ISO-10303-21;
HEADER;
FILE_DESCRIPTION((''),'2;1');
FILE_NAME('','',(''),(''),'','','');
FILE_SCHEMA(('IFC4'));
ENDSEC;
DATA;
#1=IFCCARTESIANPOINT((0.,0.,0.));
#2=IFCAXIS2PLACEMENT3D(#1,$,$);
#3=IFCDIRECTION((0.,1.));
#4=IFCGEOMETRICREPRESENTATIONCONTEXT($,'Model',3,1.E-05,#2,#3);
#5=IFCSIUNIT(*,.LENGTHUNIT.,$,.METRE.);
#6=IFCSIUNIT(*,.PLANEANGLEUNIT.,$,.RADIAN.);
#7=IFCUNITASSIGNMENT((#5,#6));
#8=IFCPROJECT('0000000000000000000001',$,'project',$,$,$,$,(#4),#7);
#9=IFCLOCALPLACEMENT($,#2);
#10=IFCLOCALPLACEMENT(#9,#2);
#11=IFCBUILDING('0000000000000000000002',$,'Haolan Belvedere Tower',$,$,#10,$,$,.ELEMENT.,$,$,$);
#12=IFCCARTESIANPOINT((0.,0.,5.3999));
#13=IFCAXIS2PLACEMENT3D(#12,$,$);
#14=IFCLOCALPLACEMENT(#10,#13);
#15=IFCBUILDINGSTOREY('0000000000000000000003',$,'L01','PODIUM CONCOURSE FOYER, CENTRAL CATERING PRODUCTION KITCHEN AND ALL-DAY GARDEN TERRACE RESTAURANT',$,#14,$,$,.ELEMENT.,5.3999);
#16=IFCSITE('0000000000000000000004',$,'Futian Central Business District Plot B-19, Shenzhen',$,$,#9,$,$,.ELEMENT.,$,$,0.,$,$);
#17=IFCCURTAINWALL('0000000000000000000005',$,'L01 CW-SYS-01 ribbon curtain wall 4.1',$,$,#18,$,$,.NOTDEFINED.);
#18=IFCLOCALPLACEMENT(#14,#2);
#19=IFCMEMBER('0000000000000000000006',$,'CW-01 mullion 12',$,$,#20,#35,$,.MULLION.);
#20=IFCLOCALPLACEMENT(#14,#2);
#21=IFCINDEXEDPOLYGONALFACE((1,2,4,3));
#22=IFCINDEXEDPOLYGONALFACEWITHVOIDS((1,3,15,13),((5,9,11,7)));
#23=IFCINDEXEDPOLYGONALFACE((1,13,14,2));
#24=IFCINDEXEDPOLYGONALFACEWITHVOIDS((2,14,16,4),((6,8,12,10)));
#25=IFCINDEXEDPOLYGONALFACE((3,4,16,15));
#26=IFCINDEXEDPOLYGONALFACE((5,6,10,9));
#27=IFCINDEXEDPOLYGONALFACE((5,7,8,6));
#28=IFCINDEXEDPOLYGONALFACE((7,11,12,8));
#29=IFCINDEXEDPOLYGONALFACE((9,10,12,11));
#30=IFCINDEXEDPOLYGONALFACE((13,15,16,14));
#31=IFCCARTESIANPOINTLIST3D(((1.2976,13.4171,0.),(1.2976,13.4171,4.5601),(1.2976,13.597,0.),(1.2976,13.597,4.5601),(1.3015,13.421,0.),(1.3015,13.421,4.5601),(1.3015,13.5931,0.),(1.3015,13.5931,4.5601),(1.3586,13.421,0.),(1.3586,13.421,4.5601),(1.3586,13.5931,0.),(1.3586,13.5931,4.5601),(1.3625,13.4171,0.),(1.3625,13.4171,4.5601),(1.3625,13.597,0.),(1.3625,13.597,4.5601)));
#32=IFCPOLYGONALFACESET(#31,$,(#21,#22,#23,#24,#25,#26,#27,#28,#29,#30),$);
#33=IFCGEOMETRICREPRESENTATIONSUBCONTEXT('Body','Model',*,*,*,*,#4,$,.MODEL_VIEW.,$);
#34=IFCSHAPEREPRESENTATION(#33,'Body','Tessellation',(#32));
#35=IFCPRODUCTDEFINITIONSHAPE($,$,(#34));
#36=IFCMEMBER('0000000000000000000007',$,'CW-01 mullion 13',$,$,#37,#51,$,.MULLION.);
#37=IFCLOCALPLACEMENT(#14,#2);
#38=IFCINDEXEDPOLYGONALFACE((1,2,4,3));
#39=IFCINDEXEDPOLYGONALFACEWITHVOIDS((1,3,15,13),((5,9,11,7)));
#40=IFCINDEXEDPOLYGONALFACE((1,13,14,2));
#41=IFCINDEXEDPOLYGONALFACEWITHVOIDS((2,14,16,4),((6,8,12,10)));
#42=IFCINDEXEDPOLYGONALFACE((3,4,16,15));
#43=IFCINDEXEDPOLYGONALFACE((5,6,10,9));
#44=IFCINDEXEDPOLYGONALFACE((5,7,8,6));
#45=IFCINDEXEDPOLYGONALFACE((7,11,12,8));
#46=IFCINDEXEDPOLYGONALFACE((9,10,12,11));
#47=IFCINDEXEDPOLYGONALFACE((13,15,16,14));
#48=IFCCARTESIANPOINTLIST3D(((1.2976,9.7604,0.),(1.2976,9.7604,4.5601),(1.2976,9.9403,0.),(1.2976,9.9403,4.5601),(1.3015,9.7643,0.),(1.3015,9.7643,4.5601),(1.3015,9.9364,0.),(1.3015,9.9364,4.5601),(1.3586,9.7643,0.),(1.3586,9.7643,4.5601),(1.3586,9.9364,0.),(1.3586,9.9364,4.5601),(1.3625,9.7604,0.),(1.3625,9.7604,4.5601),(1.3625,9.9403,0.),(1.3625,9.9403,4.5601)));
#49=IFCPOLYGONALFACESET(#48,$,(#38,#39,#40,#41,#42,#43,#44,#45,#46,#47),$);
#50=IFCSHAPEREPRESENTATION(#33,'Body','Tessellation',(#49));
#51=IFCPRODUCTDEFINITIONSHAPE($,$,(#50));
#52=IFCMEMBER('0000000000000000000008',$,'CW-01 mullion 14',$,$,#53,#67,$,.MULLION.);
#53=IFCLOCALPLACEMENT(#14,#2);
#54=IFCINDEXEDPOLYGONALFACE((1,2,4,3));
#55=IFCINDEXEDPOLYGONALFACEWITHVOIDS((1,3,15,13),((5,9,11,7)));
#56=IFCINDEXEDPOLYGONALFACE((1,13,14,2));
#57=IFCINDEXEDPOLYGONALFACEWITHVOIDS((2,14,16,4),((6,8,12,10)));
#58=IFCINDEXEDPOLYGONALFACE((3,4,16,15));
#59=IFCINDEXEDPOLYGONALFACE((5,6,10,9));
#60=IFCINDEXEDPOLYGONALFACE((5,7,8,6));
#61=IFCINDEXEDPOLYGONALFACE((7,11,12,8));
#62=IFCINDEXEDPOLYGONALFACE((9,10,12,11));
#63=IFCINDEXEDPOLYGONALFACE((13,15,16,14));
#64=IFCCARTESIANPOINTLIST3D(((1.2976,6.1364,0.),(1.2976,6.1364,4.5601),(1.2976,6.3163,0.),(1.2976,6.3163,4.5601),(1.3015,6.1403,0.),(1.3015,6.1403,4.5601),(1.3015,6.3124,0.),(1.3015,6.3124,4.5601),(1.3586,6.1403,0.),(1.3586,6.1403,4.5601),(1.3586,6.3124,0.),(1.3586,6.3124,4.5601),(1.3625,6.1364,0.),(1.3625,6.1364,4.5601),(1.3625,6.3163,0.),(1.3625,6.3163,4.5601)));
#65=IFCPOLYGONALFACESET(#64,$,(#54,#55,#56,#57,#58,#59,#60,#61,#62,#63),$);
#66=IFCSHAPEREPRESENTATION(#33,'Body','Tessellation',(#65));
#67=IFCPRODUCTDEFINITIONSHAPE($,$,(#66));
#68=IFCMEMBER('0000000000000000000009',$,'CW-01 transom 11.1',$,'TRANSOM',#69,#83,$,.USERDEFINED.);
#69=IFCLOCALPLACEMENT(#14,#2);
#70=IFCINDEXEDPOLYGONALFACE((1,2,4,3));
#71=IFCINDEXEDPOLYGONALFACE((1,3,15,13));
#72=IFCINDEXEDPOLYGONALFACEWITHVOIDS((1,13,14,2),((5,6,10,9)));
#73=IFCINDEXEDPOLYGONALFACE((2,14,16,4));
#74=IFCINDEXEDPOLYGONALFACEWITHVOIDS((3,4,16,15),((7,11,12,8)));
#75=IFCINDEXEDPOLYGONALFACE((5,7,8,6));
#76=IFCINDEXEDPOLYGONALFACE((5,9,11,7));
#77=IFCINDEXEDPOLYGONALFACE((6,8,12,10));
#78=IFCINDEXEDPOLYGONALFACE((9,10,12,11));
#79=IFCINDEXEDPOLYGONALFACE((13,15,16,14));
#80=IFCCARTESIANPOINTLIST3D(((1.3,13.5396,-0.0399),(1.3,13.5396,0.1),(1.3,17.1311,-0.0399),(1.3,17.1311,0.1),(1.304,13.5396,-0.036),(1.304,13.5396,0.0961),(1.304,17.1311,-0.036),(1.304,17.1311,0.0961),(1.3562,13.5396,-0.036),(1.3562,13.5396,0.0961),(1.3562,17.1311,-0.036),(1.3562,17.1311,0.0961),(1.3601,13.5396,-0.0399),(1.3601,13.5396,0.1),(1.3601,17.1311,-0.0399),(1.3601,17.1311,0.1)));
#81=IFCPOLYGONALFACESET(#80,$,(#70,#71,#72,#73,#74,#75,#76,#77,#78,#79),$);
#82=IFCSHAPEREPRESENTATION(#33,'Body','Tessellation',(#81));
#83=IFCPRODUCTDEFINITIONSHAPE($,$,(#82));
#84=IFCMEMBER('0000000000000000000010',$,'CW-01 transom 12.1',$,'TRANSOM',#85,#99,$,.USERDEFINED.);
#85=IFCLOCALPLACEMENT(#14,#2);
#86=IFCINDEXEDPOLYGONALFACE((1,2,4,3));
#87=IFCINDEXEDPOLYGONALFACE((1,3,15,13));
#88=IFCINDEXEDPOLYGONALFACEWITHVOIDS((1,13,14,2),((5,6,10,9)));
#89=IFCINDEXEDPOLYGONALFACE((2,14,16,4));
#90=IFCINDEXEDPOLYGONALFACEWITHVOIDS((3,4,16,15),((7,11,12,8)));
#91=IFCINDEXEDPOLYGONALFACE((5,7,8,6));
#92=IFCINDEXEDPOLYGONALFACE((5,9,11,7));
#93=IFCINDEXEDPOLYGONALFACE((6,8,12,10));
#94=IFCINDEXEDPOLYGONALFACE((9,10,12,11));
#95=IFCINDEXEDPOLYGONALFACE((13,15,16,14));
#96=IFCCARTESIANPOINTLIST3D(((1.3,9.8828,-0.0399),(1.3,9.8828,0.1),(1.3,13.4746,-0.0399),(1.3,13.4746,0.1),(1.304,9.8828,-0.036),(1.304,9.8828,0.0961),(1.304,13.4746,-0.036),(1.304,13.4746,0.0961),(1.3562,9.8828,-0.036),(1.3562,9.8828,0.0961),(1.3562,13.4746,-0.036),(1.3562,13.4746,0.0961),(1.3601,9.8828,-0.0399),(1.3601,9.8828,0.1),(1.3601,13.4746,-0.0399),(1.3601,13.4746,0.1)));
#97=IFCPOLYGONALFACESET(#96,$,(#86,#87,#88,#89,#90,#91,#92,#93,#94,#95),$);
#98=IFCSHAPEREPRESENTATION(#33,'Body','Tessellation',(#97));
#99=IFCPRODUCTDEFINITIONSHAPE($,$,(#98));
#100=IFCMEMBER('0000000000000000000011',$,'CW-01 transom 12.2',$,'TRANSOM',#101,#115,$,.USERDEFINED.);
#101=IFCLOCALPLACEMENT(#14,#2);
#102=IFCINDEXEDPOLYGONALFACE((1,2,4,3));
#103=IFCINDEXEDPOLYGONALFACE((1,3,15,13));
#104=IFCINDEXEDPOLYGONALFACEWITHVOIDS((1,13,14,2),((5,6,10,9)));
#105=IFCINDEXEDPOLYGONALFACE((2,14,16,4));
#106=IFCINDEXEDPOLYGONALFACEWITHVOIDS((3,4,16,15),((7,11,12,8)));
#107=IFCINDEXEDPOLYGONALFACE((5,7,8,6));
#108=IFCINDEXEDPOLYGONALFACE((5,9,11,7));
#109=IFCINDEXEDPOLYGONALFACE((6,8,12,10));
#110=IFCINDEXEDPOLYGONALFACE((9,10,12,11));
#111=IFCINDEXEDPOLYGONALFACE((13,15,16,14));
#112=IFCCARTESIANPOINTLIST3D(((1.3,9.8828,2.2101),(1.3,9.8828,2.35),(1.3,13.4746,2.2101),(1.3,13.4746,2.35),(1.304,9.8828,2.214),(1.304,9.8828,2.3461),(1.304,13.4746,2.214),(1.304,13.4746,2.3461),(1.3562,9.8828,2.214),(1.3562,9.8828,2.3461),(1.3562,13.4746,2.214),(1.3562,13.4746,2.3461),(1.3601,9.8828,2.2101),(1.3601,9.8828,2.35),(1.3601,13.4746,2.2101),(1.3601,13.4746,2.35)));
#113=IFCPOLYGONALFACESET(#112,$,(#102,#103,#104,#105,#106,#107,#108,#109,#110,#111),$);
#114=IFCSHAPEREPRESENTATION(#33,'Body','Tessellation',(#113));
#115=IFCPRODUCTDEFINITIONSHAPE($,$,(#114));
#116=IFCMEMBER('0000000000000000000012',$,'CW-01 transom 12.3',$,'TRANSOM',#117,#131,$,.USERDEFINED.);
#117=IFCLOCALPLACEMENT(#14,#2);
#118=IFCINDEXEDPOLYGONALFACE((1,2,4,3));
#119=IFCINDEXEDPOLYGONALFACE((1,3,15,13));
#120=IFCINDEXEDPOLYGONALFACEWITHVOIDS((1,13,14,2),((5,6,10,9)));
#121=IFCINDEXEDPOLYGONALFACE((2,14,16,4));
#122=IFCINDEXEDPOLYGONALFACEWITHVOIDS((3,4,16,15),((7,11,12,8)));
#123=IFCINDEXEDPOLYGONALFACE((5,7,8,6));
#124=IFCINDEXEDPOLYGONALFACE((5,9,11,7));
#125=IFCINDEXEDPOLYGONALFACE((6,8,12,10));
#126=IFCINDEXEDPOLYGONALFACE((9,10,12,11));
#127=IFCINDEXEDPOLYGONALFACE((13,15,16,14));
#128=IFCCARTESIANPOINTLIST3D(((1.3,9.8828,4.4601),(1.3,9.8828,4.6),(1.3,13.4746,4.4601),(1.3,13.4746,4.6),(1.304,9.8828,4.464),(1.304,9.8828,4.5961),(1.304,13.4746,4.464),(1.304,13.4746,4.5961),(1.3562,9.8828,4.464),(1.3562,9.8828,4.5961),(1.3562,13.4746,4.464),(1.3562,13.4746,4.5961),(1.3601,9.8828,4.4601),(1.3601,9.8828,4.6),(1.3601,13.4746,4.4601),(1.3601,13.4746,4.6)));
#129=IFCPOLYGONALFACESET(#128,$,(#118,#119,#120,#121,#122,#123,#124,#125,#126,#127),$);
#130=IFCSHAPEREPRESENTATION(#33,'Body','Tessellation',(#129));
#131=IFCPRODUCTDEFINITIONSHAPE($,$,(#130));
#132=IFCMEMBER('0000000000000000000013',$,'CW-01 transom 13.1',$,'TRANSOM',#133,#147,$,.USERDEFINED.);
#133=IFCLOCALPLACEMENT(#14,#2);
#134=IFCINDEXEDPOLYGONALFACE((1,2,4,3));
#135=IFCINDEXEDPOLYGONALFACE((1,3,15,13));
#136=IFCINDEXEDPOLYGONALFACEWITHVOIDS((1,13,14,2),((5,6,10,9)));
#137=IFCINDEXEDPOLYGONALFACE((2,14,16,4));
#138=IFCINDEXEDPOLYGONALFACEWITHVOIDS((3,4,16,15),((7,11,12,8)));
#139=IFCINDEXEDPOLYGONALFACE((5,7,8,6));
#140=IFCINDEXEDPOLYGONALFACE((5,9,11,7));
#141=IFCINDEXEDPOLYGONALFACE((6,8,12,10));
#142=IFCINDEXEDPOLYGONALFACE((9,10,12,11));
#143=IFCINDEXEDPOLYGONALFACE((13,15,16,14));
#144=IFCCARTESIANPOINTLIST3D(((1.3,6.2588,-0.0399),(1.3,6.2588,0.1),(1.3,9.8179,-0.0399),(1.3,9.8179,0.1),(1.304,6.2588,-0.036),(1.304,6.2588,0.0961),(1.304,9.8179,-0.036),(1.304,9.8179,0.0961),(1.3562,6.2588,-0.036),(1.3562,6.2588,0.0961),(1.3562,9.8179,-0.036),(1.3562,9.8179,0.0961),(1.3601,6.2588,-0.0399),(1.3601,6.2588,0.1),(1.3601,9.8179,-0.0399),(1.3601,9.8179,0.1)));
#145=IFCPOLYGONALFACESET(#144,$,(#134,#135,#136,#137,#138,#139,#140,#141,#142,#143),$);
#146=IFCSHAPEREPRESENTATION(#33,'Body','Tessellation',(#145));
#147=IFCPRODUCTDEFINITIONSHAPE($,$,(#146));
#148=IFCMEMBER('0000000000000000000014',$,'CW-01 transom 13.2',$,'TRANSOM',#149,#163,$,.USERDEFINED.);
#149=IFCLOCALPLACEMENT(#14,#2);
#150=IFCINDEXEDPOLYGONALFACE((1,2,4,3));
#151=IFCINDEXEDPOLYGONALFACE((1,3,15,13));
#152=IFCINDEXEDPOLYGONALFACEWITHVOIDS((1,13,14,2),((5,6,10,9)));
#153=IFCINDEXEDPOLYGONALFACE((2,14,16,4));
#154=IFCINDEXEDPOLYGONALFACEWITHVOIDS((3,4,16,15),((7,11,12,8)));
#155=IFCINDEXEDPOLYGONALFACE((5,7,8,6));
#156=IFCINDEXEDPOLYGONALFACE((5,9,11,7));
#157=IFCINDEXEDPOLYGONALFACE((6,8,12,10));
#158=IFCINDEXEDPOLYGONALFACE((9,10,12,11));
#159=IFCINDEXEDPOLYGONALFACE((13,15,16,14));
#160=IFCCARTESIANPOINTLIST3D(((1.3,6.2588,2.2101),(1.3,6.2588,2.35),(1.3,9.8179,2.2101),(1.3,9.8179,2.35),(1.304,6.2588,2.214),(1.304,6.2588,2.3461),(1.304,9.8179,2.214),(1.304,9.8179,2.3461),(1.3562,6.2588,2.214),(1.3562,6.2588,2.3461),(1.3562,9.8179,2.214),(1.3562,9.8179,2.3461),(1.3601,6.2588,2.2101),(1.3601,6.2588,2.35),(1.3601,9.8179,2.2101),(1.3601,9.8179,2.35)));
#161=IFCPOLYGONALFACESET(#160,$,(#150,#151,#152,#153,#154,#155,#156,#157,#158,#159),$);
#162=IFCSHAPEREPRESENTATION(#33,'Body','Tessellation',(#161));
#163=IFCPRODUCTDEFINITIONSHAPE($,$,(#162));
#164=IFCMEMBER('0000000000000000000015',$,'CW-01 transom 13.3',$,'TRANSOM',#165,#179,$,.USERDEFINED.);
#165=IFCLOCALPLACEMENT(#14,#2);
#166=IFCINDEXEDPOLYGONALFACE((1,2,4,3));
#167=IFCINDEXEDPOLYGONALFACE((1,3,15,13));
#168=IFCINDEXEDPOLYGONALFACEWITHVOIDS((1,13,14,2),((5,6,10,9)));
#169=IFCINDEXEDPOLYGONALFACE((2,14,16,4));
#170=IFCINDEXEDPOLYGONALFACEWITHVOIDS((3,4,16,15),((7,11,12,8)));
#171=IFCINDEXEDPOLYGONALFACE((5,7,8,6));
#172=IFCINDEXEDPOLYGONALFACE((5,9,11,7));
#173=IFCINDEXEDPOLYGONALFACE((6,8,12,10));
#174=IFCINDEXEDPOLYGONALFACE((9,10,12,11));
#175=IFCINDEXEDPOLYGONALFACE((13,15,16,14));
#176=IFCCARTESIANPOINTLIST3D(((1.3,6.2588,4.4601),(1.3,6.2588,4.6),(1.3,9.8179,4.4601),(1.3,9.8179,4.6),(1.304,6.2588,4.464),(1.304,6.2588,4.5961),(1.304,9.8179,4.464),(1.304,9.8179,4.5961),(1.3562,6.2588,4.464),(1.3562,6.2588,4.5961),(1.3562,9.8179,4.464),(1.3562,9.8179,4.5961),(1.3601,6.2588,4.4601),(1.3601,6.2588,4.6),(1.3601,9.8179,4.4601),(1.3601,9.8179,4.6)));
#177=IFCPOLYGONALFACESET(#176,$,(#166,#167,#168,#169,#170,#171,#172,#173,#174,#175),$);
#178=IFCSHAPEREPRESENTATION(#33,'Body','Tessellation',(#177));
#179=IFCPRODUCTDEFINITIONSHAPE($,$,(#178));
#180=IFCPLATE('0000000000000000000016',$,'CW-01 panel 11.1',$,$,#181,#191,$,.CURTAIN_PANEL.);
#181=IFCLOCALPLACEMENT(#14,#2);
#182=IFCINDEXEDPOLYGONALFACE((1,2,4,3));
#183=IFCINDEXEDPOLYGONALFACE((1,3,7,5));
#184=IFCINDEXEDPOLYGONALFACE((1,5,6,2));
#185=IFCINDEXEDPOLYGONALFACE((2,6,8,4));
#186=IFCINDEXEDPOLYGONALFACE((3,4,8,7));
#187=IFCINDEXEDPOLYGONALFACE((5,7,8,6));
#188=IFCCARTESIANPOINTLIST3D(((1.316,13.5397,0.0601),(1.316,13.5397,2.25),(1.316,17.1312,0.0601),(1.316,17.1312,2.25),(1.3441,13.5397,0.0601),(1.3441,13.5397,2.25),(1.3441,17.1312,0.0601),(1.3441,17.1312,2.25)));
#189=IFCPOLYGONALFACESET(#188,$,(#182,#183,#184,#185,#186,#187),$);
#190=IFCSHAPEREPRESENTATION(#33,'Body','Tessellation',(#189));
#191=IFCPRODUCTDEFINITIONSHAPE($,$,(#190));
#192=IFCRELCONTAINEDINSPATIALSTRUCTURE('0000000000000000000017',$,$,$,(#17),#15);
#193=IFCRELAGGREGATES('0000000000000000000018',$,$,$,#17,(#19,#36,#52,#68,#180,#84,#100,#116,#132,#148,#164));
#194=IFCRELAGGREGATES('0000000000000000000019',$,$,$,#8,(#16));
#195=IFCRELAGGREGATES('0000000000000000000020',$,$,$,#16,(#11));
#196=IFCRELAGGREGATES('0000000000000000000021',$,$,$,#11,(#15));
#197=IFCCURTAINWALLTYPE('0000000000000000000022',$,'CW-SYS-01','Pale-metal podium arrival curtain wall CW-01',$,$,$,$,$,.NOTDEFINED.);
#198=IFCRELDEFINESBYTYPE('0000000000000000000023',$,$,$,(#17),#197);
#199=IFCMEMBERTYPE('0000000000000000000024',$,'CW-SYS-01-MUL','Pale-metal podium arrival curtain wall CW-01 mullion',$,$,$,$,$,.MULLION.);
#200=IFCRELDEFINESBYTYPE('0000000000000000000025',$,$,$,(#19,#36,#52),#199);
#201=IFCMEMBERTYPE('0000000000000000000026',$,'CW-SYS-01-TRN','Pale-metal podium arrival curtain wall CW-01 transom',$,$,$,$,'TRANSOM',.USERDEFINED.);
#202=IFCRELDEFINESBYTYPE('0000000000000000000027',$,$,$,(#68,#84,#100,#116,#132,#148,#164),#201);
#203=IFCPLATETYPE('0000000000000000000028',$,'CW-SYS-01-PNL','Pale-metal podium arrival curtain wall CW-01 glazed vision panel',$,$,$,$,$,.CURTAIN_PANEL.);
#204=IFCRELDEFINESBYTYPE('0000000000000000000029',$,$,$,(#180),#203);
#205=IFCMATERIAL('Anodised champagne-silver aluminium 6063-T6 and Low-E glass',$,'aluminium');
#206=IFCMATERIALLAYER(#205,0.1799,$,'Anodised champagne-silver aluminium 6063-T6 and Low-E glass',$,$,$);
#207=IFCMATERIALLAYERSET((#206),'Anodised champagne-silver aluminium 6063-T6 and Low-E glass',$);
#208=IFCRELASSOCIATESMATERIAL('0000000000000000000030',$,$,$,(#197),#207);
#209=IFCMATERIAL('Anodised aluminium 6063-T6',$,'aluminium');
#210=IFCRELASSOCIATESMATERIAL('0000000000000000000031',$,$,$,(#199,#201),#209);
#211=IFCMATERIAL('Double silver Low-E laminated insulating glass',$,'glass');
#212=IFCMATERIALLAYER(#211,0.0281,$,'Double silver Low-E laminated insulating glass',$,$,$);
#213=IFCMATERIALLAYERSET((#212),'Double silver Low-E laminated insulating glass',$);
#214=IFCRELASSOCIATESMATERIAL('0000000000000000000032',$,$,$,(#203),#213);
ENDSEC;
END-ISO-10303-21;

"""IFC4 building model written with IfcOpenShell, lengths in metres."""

from ifc_helpers import new_model, si_unit, direction, frame, origin, origin_2d, place, context, subcontext, project, spatial, rectangle, hollow_rectangle, extrude, material, layer, layer_set, material_profile, profile_set, type_object, element, aggregate, save


model = new_model("IFC4")

# Units and contexts
model_context = context("Model", 3, precision=1e-05, world=origin(), true_north=direction((0.0, 1.0)))
body_context = subcontext(model_context, "Body", "Model", "MODEL_VIEW")
ifc_project = project(units=[si_unit("LENGTHUNIT", "METRE"), si_unit("PLANEANGLEUNIT", "RADIAN")], contexts=[model_context])

# Site, building, storey
site_placement = place(None, origin())
site = spatial("IfcSite", under=ifc_project, at=site_placement, Name="Futian Central Business District Plot B-19, Shenzhen", CompositionType="ELEMENT", RefElevation=0.0)
building_placement = place(site_placement, origin())
building = spatial("IfcBuilding", under=site, at=building_placement, Name="Haolan Belvedere Tower", CompositionType="ELEMENT")
storey_placement = place(building_placement, frame((0.0, 0.0, 5.3999)))
storey = spatial("IfcBuildingStorey", under=building, at=storey_placement, Name="L01", Description="PODIUM CONCOURSE FOYER, CENTRAL CATERING PRODUCTION KITCHEN AND ALL-DAY GARDEN TERRACE RESTAURANT", CompositionType="ELEMENT", Elevation=5.3999)

# Curtain wall, members, plate
ifc_material_1 = material(Name="Anodised champagne-silver aluminium 6063-T6 and Low-E glass", Category="aluminium")
ifc_layer_1 = layer(ifc_material_1, 0.1799, Name="Anodised champagne-silver aluminium 6063-T6 and Low-E glass")
ifc_layer_set_1 = layer_set([ifc_layer_1], Name="Anodised champagne-silver aluminium 6063-T6 and Low-E glass")
curtain_wall_type = type_object("IfcCurtainWallType", Name="CW-SYS-01", Description="Pale-metal podium arrival curtain wall CW-01", PredefinedType="NOTDEFINED", material=ifc_layer_set_1)
curtain_wall_placement = place(storey_placement, origin())
curtain_wall = element("IfcCurtainWall", 1, at=curtain_wall_placement, inside=storey, type_object=curtain_wall_type, Name="L01 CW-SYS-01 ribbon curtain wall 4.1", PredefinedType="NOTDEFINED")
ifc_material_2 = material(Name="Anodised aluminium 6063-T6", Category="aluminium")
ifc_material_profile_1 = material_profile(ifc_material_2, hollow_rectangle(XDim=0.0649, YDim=0.1799, WallThickness=0.0039, at=origin_2d()), Name="Anodised aluminium 6063-T6")
ifc_profile_set_1 = profile_set([ifc_material_profile_1], Name="Anodised aluminium 6063-T6")
member_type_1 = type_object("IfcMemberType", Name="CW-SYS-01-MUL", Description="Pale-metal podium arrival curtain wall CW-01 mullion", PredefinedType="MULLION", material=ifc_profile_set_1)
member_1_placement = place(storey_placement, frame((1.3301, 13.5071, 0.0), z_axis=(0.0, 0.0, 1.0), x_axis=(1.0, 0.0, 0.0)))
member_1 = element("IfcMember", 2, at=member_1_placement, type_object=member_type_1, Name="CW-01 mullion 12", PredefinedType="MULLION", context=body_context, shape_type="SweptSolid", body=[
    extrude(hollow_rectangle(XDim=0.0649, YDim=0.1799, WallThickness=0.0039, at=origin_2d()), origin(), (0.0, 0.0, 1.0), 4.5601),
])
member_2_placement = place(storey_placement, frame((1.3301, 9.8503, 0.0), z_axis=(0.0, 0.0, 1.0), x_axis=(1.0, 0.0, 0.0)))
member_2 = element("IfcMember", 3, at=member_2_placement, type_object=member_type_1, Name="CW-01 mullion 13", PredefinedType="MULLION", context=body_context, shape_type="SweptSolid", body=[
    extrude(hollow_rectangle(XDim=0.0649, YDim=0.1799, WallThickness=0.0039, at=origin_2d()), origin(), (0.0, 0.0, 1.0), 4.5601),
])
member_3_placement = place(storey_placement, frame((1.3301, 6.2263, 0.0), z_axis=(0.0, 0.0, 1.0), x_axis=(1.0, 0.0, 0.0)))
member_3 = element("IfcMember", 4, at=member_3_placement, type_object=member_type_1, Name="CW-01 mullion 14", PredefinedType="MULLION", context=body_context, shape_type="SweptSolid", body=[
    extrude(hollow_rectangle(XDim=0.0649, YDim=0.1799, WallThickness=0.0039, at=origin_2d()), origin(), (0.0, 0.0, 1.0), 4.5601),
])
ifc_material_profile_2 = material_profile(ifc_material_2, hollow_rectangle(XDim=0.0601, YDim=0.1399, WallThickness=0.0039, at=origin_2d()), Name="Anodised aluminium 6063-T6")
ifc_profile_set_2 = profile_set([ifc_material_profile_2], Name="Anodised aluminium 6063-T6")
member_type_2 = type_object("IfcMemberType", Name="CW-SYS-01-TRN", Description="Pale-metal podium arrival curtain wall CW-01 transom", ElementType="TRANSOM", PredefinedType="USERDEFINED", material=ifc_profile_set_2)
member_4_placement = place(storey_placement, frame((1.3301, 17.1311, 0.03), z_axis=(0.0, -1.0, 0.0), x_axis=(1.0, 0.0, 0.0)))
member_4 = element("IfcMember", 5, at=member_4_placement, type_object=member_type_2, Name="CW-01 transom 11.1", ObjectType="TRANSOM", PredefinedType="USERDEFINED", context=body_context, shape_type="SweptSolid", body=[
    extrude(hollow_rectangle(XDim=0.0601, YDim=0.1399, WallThickness=0.0039, at=origin_2d()), origin(), (0.0, 0.0, 1.0), 3.5916),
])
member_5_placement = place(storey_placement, frame((1.3301, 13.4746, 0.03), z_axis=(0.0, -1.0, 0.0), x_axis=(1.0, 0.0, 0.0)))
member_5 = element("IfcMember", 6, at=member_5_placement, type_object=member_type_2, Name="CW-01 transom 12.1", ObjectType="TRANSOM", PredefinedType="USERDEFINED", context=body_context, shape_type="SweptSolid", body=[
    extrude(hollow_rectangle(XDim=0.0601, YDim=0.1399, WallThickness=0.0039, at=origin_2d()), origin(), (0.0, 0.0, 1.0), 3.5918),
])
member_6_placement = place(storey_placement, frame((1.3301, 13.4746, 2.28), z_axis=(0.0, -1.0, 0.0), x_axis=(1.0, 0.0, 0.0)))
member_6 = element("IfcMember", 7, at=member_6_placement, type_object=member_type_2, Name="CW-01 transom 12.2", ObjectType="TRANSOM", PredefinedType="USERDEFINED", context=body_context, shape_type="SweptSolid", body=[
    extrude(hollow_rectangle(XDim=0.0601, YDim=0.1399, WallThickness=0.0039, at=origin_2d()), origin(), (0.0, 0.0, 1.0), 3.5918),
])
member_7_placement = place(storey_placement, frame((1.3301, 13.4746, 4.53), z_axis=(0.0, -1.0, 0.0), x_axis=(1.0, 0.0, 0.0)))
member_7 = element("IfcMember", 8, at=member_7_placement, type_object=member_type_2, Name="CW-01 transom 12.3", ObjectType="TRANSOM", PredefinedType="USERDEFINED", context=body_context, shape_type="SweptSolid", body=[
    extrude(hollow_rectangle(XDim=0.0601, YDim=0.1399, WallThickness=0.0039, at=origin_2d()), origin(), (0.0, 0.0, 1.0), 3.5918),
])
member_8_placement = place(storey_placement, frame((1.3301, 9.8179, 0.03), z_axis=(0.0, -1.0, 0.0), x_axis=(1.0, 0.0, 0.0)))
member_8 = element("IfcMember", 9, at=member_8_placement, type_object=member_type_2, Name="CW-01 transom 13.1", ObjectType="TRANSOM", PredefinedType="USERDEFINED", context=body_context, shape_type="SweptSolid", body=[
    extrude(hollow_rectangle(XDim=0.0601, YDim=0.1399, WallThickness=0.0039, at=origin_2d()), origin(), (0.0, 0.0, 1.0), 3.5591),
])
member_9_placement = place(storey_placement, frame((1.3301, 9.8179, 2.28), z_axis=(0.0, -1.0, 0.0), x_axis=(1.0, 0.0, 0.0)))
member_9 = element("IfcMember", 10, at=member_9_placement, type_object=member_type_2, Name="CW-01 transom 13.2", ObjectType="TRANSOM", PredefinedType="USERDEFINED", context=body_context, shape_type="SweptSolid", body=[
    extrude(hollow_rectangle(XDim=0.0601, YDim=0.1399, WallThickness=0.0039, at=origin_2d()), origin(), (0.0, 0.0, 1.0), 3.5591),
])
member_10_placement = place(storey_placement, frame((1.3301, 9.8179, 4.53), z_axis=(0.0, -1.0, 0.0), x_axis=(1.0, 0.0, 0.0)))
member_10 = element("IfcMember", 11, at=member_10_placement, type_object=member_type_2, Name="CW-01 transom 13.3", ObjectType="TRANSOM", PredefinedType="USERDEFINED", context=body_context, shape_type="SweptSolid", body=[
    extrude(hollow_rectangle(XDim=0.0601, YDim=0.1399, WallThickness=0.0039, at=origin_2d()), origin(), (0.0, 0.0, 1.0), 3.5591),
])
ifc_material_3 = material(Name="Double silver Low-E laminated insulating glass", Category="glass")
ifc_layer_2 = layer(ifc_material_3, 0.0281, Name="Double silver Low-E laminated insulating glass")
ifc_layer_set_2 = layer_set([ifc_layer_2], Name="Double silver Low-E laminated insulating glass")
plate_type = type_object("IfcPlateType", Name="CW-SYS-01-PNL", Description="Pale-metal podium arrival curtain wall CW-01 glazed vision panel", PredefinedType="CURTAIN_PANEL", material=ifc_layer_set_2)
plate_1_placement = place(storey_placement, frame((1.3301, 15.3354, 0.0601), z_axis=(0.0, 0.0, 1.0), x_axis=(0.0, -1.0, 0.0)))
plate_1 = element("IfcPlate", 12, at=plate_1_placement, type_object=plate_type, Name="CW-01 panel 11.1", PredefinedType="CURTAIN_PANEL", context=body_context, shape_type="SweptSolid", body=[
    extrude(rectangle(XDim=3.5916, YDim=0.0281, at=origin_2d()), origin(), (0.0, 0.0, 1.0), 2.1899),
])
aggregate(curtain_wall, [member_1, member_2, member_3, member_4, plate_1, member_5, member_6, member_7, member_8, member_9, member_10])

save(model, "model.ifc")
